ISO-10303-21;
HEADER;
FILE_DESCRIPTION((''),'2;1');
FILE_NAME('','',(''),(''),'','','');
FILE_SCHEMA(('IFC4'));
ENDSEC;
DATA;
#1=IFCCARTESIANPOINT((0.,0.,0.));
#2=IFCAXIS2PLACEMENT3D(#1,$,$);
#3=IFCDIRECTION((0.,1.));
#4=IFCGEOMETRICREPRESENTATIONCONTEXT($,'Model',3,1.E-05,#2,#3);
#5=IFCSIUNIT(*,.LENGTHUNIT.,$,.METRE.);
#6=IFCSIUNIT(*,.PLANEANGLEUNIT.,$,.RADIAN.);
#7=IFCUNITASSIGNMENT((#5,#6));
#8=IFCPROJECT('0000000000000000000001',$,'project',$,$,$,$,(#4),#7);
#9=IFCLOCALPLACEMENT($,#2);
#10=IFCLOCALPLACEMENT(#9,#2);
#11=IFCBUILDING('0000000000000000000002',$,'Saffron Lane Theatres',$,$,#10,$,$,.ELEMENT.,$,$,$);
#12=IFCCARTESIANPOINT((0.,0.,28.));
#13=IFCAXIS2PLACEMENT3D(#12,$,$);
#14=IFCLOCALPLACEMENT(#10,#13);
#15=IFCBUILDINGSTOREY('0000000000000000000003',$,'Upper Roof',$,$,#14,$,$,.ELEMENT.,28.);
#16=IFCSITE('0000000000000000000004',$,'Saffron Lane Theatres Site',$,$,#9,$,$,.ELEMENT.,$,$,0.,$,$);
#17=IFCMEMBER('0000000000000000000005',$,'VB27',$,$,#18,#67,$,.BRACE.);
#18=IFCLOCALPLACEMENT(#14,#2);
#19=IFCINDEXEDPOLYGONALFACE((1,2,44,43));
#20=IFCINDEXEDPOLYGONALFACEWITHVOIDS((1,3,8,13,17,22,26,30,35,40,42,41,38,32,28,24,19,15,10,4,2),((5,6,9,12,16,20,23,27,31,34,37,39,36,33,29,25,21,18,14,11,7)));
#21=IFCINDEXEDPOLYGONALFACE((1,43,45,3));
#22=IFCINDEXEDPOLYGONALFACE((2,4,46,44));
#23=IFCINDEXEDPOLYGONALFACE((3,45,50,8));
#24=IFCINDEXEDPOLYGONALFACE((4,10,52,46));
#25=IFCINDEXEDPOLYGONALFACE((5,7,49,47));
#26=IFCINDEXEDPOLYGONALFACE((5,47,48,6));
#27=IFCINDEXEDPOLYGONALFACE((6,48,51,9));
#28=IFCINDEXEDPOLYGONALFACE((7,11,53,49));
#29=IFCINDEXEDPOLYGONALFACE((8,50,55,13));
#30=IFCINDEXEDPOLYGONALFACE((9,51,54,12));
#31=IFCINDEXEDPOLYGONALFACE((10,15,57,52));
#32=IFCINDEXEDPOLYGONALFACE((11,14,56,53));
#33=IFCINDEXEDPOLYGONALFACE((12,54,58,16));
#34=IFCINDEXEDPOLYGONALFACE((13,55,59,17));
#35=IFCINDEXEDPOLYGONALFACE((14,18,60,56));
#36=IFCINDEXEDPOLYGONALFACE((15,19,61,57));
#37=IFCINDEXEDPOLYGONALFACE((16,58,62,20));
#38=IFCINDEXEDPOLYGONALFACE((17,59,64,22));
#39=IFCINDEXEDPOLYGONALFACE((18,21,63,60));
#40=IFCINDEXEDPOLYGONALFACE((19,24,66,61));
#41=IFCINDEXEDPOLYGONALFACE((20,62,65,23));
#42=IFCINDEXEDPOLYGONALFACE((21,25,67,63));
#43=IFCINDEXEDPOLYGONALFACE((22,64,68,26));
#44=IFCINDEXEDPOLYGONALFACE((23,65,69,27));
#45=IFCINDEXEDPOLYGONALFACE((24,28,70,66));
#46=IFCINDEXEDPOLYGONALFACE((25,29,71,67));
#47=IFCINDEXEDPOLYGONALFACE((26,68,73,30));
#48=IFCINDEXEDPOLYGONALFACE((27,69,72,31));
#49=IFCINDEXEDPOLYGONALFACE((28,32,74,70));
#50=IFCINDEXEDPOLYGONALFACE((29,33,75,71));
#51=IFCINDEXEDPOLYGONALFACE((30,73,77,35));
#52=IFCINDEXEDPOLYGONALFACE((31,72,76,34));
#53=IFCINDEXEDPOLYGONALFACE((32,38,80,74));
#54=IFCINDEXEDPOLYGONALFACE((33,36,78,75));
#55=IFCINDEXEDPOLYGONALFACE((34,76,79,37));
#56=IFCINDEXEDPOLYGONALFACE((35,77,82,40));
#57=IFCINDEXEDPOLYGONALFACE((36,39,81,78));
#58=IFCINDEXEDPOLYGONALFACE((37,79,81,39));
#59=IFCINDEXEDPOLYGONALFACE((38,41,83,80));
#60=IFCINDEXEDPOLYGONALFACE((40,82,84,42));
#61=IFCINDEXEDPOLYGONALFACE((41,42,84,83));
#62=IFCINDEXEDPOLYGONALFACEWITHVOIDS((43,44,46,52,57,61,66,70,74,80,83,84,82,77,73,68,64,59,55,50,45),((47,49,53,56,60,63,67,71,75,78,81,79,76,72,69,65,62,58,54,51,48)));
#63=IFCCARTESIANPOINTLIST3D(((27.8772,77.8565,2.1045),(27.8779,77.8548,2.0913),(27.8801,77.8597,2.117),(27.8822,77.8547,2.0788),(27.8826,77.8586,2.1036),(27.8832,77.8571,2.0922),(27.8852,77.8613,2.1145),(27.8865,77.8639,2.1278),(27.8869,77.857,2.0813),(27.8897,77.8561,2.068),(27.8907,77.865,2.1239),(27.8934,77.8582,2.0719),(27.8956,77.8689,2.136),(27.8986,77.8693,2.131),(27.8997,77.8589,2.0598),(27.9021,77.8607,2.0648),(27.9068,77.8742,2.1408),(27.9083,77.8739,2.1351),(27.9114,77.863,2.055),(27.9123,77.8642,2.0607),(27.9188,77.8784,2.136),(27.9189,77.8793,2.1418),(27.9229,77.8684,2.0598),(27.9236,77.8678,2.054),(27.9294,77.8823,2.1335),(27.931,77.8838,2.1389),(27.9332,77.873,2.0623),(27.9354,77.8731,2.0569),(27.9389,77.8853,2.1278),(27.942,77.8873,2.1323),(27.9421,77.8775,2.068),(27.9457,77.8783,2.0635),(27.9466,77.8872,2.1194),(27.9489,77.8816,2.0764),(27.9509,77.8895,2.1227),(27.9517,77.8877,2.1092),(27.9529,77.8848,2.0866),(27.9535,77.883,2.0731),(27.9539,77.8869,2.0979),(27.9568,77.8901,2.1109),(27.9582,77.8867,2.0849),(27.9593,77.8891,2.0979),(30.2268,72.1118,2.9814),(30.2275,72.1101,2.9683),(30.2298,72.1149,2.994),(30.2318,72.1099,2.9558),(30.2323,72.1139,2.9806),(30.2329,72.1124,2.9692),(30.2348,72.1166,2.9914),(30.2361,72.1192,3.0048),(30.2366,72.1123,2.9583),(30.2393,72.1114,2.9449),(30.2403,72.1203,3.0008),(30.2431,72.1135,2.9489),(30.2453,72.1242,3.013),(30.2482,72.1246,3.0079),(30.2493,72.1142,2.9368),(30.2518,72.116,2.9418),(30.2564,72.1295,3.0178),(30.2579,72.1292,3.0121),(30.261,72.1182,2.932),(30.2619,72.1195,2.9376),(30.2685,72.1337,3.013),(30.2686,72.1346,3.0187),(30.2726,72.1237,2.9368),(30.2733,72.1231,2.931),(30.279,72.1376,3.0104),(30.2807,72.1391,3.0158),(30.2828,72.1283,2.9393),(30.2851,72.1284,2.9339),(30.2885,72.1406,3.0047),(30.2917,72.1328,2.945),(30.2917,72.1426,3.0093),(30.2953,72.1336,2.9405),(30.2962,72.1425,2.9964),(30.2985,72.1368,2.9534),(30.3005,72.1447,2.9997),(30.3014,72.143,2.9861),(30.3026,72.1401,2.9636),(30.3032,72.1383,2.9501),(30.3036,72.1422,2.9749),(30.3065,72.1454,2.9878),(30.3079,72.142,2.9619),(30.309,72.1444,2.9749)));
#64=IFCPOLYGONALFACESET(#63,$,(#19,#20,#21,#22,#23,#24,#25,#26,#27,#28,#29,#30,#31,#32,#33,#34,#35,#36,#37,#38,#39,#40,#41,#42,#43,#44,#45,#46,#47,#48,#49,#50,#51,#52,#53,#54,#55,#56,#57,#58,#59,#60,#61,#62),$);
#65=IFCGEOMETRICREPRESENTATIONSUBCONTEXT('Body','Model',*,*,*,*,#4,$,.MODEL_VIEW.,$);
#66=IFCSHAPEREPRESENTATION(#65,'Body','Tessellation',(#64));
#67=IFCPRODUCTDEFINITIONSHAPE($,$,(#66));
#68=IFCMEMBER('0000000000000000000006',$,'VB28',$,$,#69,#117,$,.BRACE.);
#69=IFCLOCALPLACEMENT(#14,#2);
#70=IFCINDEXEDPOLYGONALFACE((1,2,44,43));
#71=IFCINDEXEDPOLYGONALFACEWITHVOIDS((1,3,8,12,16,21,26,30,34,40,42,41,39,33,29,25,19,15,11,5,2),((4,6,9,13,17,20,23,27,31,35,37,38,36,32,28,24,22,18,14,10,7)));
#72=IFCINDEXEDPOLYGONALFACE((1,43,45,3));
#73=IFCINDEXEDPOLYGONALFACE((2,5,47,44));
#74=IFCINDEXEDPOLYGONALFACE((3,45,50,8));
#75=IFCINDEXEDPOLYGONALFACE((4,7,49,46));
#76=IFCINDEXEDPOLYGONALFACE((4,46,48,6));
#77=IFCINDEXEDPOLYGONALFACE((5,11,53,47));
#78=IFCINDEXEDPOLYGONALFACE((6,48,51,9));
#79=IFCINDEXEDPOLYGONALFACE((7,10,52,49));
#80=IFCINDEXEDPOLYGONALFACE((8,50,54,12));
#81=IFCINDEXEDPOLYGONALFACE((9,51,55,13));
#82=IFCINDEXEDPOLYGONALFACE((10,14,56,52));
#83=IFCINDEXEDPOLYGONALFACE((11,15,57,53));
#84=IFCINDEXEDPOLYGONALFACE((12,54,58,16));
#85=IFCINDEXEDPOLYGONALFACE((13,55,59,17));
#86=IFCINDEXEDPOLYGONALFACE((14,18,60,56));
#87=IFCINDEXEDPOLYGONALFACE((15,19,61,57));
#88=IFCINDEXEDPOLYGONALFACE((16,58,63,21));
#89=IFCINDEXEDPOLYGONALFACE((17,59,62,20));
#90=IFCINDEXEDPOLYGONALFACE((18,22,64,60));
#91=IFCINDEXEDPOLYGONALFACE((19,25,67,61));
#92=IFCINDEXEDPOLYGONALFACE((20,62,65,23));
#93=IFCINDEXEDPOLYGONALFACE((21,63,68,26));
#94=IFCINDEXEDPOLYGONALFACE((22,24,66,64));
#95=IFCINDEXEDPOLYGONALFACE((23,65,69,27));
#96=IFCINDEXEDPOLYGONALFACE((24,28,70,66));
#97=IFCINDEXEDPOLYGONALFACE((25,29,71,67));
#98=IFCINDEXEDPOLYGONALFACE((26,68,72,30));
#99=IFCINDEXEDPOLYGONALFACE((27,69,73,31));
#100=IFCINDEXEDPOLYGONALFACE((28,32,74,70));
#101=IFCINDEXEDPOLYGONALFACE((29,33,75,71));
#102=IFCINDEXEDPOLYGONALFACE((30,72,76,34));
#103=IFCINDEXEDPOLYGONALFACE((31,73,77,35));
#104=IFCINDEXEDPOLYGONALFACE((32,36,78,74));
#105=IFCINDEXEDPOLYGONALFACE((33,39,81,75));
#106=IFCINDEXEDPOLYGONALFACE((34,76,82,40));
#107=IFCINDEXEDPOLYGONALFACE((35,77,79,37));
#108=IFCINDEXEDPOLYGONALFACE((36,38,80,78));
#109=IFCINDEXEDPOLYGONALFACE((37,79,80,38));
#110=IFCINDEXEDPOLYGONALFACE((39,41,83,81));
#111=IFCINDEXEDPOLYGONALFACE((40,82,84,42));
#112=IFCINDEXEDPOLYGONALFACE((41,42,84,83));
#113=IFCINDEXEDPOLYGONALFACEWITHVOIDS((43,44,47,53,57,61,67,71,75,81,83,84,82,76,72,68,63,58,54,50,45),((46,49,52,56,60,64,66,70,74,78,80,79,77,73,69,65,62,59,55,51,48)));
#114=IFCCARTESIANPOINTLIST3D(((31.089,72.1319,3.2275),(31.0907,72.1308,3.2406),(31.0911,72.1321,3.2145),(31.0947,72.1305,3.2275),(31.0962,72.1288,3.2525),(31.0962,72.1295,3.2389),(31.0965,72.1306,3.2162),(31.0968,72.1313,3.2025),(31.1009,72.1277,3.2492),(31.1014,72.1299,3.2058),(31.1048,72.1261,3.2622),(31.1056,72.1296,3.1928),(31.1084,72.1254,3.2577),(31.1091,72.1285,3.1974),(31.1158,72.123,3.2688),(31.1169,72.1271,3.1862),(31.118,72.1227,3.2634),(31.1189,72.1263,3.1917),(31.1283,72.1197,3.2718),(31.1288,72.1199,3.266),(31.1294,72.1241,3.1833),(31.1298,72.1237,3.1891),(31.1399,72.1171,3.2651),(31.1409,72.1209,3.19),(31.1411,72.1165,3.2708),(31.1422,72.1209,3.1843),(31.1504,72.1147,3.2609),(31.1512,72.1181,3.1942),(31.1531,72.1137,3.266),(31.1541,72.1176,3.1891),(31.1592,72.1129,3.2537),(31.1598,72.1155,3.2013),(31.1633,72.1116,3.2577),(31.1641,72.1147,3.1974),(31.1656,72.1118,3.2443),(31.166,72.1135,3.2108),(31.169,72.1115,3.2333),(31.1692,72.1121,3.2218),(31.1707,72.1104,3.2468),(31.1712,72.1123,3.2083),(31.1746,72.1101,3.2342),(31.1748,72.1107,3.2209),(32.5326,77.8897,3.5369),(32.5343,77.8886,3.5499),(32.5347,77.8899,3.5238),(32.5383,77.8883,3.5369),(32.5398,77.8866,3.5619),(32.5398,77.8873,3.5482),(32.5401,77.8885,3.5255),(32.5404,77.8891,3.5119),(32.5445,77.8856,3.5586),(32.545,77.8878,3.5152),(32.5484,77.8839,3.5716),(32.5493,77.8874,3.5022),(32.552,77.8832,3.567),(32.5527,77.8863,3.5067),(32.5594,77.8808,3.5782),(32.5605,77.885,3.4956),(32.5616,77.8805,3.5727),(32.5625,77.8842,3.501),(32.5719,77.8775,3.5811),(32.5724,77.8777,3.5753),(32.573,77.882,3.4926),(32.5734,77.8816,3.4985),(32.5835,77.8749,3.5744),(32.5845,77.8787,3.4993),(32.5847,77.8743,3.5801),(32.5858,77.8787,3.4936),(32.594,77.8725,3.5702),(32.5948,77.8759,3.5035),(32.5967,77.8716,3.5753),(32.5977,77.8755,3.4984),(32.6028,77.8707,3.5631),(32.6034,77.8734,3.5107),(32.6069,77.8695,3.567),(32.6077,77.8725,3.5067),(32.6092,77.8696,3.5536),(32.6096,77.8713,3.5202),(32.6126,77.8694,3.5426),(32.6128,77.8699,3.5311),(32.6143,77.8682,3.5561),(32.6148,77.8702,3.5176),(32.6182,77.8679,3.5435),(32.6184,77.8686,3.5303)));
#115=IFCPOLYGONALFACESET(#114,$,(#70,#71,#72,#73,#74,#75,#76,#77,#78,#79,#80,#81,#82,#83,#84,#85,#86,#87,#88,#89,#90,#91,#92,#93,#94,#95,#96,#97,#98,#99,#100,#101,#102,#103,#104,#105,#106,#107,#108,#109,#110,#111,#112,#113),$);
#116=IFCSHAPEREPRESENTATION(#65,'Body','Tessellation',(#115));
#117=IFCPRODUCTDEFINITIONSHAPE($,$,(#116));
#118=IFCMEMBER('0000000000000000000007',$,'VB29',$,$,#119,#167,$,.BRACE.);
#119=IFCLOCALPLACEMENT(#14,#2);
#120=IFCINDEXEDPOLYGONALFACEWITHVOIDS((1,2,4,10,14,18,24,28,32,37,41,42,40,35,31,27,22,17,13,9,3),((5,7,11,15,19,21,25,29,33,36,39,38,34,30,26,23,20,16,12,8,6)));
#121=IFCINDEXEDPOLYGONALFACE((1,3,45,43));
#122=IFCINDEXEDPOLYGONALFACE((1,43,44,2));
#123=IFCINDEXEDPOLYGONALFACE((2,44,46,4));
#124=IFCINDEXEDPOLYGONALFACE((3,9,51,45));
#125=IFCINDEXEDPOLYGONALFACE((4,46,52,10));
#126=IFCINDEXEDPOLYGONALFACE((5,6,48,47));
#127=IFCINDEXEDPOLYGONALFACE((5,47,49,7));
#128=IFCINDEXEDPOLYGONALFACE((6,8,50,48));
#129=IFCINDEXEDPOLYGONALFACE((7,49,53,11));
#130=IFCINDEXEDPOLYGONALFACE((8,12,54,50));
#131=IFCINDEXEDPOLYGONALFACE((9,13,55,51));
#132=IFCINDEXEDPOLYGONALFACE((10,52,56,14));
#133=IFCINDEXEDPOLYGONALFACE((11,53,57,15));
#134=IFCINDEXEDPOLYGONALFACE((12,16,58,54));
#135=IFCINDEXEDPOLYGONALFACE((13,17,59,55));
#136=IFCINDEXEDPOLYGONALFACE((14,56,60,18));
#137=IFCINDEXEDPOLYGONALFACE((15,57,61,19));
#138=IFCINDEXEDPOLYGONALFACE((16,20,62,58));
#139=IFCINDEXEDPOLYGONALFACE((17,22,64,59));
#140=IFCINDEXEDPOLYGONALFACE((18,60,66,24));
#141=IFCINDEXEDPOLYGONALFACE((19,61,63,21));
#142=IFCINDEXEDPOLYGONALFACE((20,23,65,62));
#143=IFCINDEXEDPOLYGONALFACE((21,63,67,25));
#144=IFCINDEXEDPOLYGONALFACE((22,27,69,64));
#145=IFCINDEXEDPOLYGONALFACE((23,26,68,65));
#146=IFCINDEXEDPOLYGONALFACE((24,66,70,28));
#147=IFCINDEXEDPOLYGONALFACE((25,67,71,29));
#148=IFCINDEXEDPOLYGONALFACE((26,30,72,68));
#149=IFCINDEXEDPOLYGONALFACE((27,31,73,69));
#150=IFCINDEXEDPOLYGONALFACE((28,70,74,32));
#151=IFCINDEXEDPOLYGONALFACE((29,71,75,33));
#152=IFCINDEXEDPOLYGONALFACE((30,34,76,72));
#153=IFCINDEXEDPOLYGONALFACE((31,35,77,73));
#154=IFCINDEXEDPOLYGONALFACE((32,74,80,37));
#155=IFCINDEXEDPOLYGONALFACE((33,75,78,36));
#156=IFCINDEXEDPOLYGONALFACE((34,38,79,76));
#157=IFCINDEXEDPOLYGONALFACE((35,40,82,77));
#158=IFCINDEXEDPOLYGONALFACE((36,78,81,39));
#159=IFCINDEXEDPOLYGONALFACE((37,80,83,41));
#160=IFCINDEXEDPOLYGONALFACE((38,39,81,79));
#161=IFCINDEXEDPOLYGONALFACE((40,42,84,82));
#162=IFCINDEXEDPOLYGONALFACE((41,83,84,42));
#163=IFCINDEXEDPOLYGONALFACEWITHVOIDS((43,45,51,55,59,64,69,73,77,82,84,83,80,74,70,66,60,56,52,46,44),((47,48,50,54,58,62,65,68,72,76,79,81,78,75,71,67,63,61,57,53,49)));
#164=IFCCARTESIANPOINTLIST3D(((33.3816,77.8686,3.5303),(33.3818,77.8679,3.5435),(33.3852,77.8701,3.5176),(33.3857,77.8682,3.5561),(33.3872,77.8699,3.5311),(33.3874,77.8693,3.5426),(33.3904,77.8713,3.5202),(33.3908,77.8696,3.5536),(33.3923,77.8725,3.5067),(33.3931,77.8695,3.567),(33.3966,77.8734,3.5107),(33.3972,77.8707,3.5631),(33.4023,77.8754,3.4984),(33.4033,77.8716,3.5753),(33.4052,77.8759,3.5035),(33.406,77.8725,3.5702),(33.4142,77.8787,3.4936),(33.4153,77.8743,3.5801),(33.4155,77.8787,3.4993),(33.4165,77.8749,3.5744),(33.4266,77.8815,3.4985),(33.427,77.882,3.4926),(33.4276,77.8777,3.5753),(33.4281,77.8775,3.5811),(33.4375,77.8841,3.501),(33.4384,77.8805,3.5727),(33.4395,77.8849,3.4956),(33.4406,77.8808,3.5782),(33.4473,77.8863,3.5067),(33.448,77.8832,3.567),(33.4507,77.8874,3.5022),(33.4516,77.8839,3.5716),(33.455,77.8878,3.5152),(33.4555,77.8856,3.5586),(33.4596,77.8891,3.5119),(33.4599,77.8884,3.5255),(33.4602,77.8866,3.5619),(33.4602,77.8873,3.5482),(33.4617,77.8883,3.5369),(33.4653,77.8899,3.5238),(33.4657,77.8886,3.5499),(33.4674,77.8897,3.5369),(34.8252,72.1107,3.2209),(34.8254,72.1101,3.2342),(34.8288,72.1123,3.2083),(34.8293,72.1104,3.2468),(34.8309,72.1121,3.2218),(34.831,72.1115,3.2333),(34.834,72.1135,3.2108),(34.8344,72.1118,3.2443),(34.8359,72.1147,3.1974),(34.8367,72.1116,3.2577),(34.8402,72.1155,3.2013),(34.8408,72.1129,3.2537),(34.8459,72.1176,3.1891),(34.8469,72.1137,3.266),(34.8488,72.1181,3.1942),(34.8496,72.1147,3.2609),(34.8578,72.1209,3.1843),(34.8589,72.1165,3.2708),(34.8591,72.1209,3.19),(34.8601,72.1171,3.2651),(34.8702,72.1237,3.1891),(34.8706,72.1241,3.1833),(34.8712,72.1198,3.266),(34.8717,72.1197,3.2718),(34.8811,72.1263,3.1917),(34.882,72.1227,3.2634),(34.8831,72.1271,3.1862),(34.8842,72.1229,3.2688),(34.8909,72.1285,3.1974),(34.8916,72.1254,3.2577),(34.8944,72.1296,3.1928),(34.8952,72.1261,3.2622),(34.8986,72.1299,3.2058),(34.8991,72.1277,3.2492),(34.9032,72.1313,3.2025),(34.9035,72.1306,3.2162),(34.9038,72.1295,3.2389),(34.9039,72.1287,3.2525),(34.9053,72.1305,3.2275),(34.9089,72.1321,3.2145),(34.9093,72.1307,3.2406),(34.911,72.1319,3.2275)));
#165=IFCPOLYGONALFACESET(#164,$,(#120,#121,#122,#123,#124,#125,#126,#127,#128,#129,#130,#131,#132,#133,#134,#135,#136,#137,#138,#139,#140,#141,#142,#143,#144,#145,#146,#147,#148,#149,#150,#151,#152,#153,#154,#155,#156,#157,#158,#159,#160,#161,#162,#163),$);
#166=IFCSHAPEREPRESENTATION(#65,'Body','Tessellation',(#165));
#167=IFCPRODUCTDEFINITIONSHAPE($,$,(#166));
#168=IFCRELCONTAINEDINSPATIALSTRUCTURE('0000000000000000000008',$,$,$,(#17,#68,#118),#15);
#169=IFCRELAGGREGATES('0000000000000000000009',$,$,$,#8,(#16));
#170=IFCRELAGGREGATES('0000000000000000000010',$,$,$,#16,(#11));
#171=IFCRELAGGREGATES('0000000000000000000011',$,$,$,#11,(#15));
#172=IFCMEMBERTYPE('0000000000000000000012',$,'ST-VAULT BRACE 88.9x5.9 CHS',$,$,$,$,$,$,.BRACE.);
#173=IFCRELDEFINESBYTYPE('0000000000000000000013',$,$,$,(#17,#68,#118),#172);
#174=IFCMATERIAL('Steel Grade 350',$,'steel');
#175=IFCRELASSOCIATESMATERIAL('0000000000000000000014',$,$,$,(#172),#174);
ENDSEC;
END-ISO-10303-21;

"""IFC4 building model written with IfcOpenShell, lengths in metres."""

from ifc_helpers import new_model, si_unit, direction, frame, origin, origin_2d, place, context, subcontext, project, spatial, hollow_circle, extrude, material, material_profile, profile_set, type_object, element, save


model = new_model("IFC4")

# Units and contexts
model_context = context("Model", 3, precision=1e-05, world=origin(), true_north=direction((0.0, 1.0)))
body_context = subcontext(model_context, "Body", "Model", "MODEL_VIEW")
ifc_project = project(units=[si_unit("LENGTHUNIT", "METRE"), si_unit("PLANEANGLEUNIT", "RADIAN")], contexts=[model_context])

# Site, building, storey
site_placement = place(None, origin())
site = spatial("IfcSite", under=ifc_project, at=site_placement, Name="Saffron Lane Theatres Site", CompositionType="ELEMENT", RefElevation=0.0)
building_placement = place(site_placement, origin())
building = spatial("IfcBuilding", under=site, at=building_placement, Name="Saffron Lane Theatres", CompositionType="ELEMENT")
storey_placement = place(building_placement, frame((0.0, 0.0, 28.0)))
storey = spatial("IfcBuildingStorey", under=building, at=storey_placement, Name="Upper Roof", CompositionType="ELEMENT", Elevation=28.0)

# Members
ifc_material_1 = material(Name="Steel Grade 350", Category="steel")
ifc_material_profile_1 = material_profile(ifc_material_1, hollow_circle(Radius=0.0444, WallThickness=0.0059, at=origin_2d()))
ifc_profile_set_1 = profile_set([ifc_material_profile_1], Name="Steel Grade 350")
member_type_1 = type_object("IfcMemberType", Name="ST-VAULT BRACE 88.9x5.9 CHS", PredefinedType="BRACE", material=ifc_profile_set_1)
member_1_placement = place(storey_placement, frame((27.9182, 77.8723, 2.0979), z_axis=(0.374845, -0.91647, 0.139905), x_axis=(0.925573, 0.378569, 0.0)))
element("IfcMember", 1, at=member_1_placement, inside=storey, type_object=member_type_1, Name="VB27", PredefinedType="BRACE", context=body_context, shape_type="SweptSolid", body=[
    extrude(hollow_circle(Radius=0.0444, WallThickness=0.0059, at=origin_2d()), origin(), (0.0, 0.0, 1.0), 6.2683),
])
for number, where, z_axis, x_axis, name in (
    (2, (31.1321, 72.1211, 3.2275), (0.242864, 0.968663, 0.052039), (-0.969978, 0.243194, 0.0), "VB28"),
    (3, (33.4243, 77.8789, 3.5369), (0.242864, -0.968663, -0.052039), (0.969978, 0.243194, 0.0), "VB29"),
):
    element("IfcMember", number, at=place(storey_placement, frame(where, z_axis=z_axis, x_axis=x_axis)), inside=storey, type_object=member_type_1, Name=name, PredefinedType="BRACE", context=body_context, shape_type="SweptSolid", body=[
        extrude(hollow_circle(Radius=0.0444, WallThickness=0.0059, at=origin_2d()), origin(), (0.0, 0.0, 1.0), 5.9441),
    ])

save(model, "model.ifc")
